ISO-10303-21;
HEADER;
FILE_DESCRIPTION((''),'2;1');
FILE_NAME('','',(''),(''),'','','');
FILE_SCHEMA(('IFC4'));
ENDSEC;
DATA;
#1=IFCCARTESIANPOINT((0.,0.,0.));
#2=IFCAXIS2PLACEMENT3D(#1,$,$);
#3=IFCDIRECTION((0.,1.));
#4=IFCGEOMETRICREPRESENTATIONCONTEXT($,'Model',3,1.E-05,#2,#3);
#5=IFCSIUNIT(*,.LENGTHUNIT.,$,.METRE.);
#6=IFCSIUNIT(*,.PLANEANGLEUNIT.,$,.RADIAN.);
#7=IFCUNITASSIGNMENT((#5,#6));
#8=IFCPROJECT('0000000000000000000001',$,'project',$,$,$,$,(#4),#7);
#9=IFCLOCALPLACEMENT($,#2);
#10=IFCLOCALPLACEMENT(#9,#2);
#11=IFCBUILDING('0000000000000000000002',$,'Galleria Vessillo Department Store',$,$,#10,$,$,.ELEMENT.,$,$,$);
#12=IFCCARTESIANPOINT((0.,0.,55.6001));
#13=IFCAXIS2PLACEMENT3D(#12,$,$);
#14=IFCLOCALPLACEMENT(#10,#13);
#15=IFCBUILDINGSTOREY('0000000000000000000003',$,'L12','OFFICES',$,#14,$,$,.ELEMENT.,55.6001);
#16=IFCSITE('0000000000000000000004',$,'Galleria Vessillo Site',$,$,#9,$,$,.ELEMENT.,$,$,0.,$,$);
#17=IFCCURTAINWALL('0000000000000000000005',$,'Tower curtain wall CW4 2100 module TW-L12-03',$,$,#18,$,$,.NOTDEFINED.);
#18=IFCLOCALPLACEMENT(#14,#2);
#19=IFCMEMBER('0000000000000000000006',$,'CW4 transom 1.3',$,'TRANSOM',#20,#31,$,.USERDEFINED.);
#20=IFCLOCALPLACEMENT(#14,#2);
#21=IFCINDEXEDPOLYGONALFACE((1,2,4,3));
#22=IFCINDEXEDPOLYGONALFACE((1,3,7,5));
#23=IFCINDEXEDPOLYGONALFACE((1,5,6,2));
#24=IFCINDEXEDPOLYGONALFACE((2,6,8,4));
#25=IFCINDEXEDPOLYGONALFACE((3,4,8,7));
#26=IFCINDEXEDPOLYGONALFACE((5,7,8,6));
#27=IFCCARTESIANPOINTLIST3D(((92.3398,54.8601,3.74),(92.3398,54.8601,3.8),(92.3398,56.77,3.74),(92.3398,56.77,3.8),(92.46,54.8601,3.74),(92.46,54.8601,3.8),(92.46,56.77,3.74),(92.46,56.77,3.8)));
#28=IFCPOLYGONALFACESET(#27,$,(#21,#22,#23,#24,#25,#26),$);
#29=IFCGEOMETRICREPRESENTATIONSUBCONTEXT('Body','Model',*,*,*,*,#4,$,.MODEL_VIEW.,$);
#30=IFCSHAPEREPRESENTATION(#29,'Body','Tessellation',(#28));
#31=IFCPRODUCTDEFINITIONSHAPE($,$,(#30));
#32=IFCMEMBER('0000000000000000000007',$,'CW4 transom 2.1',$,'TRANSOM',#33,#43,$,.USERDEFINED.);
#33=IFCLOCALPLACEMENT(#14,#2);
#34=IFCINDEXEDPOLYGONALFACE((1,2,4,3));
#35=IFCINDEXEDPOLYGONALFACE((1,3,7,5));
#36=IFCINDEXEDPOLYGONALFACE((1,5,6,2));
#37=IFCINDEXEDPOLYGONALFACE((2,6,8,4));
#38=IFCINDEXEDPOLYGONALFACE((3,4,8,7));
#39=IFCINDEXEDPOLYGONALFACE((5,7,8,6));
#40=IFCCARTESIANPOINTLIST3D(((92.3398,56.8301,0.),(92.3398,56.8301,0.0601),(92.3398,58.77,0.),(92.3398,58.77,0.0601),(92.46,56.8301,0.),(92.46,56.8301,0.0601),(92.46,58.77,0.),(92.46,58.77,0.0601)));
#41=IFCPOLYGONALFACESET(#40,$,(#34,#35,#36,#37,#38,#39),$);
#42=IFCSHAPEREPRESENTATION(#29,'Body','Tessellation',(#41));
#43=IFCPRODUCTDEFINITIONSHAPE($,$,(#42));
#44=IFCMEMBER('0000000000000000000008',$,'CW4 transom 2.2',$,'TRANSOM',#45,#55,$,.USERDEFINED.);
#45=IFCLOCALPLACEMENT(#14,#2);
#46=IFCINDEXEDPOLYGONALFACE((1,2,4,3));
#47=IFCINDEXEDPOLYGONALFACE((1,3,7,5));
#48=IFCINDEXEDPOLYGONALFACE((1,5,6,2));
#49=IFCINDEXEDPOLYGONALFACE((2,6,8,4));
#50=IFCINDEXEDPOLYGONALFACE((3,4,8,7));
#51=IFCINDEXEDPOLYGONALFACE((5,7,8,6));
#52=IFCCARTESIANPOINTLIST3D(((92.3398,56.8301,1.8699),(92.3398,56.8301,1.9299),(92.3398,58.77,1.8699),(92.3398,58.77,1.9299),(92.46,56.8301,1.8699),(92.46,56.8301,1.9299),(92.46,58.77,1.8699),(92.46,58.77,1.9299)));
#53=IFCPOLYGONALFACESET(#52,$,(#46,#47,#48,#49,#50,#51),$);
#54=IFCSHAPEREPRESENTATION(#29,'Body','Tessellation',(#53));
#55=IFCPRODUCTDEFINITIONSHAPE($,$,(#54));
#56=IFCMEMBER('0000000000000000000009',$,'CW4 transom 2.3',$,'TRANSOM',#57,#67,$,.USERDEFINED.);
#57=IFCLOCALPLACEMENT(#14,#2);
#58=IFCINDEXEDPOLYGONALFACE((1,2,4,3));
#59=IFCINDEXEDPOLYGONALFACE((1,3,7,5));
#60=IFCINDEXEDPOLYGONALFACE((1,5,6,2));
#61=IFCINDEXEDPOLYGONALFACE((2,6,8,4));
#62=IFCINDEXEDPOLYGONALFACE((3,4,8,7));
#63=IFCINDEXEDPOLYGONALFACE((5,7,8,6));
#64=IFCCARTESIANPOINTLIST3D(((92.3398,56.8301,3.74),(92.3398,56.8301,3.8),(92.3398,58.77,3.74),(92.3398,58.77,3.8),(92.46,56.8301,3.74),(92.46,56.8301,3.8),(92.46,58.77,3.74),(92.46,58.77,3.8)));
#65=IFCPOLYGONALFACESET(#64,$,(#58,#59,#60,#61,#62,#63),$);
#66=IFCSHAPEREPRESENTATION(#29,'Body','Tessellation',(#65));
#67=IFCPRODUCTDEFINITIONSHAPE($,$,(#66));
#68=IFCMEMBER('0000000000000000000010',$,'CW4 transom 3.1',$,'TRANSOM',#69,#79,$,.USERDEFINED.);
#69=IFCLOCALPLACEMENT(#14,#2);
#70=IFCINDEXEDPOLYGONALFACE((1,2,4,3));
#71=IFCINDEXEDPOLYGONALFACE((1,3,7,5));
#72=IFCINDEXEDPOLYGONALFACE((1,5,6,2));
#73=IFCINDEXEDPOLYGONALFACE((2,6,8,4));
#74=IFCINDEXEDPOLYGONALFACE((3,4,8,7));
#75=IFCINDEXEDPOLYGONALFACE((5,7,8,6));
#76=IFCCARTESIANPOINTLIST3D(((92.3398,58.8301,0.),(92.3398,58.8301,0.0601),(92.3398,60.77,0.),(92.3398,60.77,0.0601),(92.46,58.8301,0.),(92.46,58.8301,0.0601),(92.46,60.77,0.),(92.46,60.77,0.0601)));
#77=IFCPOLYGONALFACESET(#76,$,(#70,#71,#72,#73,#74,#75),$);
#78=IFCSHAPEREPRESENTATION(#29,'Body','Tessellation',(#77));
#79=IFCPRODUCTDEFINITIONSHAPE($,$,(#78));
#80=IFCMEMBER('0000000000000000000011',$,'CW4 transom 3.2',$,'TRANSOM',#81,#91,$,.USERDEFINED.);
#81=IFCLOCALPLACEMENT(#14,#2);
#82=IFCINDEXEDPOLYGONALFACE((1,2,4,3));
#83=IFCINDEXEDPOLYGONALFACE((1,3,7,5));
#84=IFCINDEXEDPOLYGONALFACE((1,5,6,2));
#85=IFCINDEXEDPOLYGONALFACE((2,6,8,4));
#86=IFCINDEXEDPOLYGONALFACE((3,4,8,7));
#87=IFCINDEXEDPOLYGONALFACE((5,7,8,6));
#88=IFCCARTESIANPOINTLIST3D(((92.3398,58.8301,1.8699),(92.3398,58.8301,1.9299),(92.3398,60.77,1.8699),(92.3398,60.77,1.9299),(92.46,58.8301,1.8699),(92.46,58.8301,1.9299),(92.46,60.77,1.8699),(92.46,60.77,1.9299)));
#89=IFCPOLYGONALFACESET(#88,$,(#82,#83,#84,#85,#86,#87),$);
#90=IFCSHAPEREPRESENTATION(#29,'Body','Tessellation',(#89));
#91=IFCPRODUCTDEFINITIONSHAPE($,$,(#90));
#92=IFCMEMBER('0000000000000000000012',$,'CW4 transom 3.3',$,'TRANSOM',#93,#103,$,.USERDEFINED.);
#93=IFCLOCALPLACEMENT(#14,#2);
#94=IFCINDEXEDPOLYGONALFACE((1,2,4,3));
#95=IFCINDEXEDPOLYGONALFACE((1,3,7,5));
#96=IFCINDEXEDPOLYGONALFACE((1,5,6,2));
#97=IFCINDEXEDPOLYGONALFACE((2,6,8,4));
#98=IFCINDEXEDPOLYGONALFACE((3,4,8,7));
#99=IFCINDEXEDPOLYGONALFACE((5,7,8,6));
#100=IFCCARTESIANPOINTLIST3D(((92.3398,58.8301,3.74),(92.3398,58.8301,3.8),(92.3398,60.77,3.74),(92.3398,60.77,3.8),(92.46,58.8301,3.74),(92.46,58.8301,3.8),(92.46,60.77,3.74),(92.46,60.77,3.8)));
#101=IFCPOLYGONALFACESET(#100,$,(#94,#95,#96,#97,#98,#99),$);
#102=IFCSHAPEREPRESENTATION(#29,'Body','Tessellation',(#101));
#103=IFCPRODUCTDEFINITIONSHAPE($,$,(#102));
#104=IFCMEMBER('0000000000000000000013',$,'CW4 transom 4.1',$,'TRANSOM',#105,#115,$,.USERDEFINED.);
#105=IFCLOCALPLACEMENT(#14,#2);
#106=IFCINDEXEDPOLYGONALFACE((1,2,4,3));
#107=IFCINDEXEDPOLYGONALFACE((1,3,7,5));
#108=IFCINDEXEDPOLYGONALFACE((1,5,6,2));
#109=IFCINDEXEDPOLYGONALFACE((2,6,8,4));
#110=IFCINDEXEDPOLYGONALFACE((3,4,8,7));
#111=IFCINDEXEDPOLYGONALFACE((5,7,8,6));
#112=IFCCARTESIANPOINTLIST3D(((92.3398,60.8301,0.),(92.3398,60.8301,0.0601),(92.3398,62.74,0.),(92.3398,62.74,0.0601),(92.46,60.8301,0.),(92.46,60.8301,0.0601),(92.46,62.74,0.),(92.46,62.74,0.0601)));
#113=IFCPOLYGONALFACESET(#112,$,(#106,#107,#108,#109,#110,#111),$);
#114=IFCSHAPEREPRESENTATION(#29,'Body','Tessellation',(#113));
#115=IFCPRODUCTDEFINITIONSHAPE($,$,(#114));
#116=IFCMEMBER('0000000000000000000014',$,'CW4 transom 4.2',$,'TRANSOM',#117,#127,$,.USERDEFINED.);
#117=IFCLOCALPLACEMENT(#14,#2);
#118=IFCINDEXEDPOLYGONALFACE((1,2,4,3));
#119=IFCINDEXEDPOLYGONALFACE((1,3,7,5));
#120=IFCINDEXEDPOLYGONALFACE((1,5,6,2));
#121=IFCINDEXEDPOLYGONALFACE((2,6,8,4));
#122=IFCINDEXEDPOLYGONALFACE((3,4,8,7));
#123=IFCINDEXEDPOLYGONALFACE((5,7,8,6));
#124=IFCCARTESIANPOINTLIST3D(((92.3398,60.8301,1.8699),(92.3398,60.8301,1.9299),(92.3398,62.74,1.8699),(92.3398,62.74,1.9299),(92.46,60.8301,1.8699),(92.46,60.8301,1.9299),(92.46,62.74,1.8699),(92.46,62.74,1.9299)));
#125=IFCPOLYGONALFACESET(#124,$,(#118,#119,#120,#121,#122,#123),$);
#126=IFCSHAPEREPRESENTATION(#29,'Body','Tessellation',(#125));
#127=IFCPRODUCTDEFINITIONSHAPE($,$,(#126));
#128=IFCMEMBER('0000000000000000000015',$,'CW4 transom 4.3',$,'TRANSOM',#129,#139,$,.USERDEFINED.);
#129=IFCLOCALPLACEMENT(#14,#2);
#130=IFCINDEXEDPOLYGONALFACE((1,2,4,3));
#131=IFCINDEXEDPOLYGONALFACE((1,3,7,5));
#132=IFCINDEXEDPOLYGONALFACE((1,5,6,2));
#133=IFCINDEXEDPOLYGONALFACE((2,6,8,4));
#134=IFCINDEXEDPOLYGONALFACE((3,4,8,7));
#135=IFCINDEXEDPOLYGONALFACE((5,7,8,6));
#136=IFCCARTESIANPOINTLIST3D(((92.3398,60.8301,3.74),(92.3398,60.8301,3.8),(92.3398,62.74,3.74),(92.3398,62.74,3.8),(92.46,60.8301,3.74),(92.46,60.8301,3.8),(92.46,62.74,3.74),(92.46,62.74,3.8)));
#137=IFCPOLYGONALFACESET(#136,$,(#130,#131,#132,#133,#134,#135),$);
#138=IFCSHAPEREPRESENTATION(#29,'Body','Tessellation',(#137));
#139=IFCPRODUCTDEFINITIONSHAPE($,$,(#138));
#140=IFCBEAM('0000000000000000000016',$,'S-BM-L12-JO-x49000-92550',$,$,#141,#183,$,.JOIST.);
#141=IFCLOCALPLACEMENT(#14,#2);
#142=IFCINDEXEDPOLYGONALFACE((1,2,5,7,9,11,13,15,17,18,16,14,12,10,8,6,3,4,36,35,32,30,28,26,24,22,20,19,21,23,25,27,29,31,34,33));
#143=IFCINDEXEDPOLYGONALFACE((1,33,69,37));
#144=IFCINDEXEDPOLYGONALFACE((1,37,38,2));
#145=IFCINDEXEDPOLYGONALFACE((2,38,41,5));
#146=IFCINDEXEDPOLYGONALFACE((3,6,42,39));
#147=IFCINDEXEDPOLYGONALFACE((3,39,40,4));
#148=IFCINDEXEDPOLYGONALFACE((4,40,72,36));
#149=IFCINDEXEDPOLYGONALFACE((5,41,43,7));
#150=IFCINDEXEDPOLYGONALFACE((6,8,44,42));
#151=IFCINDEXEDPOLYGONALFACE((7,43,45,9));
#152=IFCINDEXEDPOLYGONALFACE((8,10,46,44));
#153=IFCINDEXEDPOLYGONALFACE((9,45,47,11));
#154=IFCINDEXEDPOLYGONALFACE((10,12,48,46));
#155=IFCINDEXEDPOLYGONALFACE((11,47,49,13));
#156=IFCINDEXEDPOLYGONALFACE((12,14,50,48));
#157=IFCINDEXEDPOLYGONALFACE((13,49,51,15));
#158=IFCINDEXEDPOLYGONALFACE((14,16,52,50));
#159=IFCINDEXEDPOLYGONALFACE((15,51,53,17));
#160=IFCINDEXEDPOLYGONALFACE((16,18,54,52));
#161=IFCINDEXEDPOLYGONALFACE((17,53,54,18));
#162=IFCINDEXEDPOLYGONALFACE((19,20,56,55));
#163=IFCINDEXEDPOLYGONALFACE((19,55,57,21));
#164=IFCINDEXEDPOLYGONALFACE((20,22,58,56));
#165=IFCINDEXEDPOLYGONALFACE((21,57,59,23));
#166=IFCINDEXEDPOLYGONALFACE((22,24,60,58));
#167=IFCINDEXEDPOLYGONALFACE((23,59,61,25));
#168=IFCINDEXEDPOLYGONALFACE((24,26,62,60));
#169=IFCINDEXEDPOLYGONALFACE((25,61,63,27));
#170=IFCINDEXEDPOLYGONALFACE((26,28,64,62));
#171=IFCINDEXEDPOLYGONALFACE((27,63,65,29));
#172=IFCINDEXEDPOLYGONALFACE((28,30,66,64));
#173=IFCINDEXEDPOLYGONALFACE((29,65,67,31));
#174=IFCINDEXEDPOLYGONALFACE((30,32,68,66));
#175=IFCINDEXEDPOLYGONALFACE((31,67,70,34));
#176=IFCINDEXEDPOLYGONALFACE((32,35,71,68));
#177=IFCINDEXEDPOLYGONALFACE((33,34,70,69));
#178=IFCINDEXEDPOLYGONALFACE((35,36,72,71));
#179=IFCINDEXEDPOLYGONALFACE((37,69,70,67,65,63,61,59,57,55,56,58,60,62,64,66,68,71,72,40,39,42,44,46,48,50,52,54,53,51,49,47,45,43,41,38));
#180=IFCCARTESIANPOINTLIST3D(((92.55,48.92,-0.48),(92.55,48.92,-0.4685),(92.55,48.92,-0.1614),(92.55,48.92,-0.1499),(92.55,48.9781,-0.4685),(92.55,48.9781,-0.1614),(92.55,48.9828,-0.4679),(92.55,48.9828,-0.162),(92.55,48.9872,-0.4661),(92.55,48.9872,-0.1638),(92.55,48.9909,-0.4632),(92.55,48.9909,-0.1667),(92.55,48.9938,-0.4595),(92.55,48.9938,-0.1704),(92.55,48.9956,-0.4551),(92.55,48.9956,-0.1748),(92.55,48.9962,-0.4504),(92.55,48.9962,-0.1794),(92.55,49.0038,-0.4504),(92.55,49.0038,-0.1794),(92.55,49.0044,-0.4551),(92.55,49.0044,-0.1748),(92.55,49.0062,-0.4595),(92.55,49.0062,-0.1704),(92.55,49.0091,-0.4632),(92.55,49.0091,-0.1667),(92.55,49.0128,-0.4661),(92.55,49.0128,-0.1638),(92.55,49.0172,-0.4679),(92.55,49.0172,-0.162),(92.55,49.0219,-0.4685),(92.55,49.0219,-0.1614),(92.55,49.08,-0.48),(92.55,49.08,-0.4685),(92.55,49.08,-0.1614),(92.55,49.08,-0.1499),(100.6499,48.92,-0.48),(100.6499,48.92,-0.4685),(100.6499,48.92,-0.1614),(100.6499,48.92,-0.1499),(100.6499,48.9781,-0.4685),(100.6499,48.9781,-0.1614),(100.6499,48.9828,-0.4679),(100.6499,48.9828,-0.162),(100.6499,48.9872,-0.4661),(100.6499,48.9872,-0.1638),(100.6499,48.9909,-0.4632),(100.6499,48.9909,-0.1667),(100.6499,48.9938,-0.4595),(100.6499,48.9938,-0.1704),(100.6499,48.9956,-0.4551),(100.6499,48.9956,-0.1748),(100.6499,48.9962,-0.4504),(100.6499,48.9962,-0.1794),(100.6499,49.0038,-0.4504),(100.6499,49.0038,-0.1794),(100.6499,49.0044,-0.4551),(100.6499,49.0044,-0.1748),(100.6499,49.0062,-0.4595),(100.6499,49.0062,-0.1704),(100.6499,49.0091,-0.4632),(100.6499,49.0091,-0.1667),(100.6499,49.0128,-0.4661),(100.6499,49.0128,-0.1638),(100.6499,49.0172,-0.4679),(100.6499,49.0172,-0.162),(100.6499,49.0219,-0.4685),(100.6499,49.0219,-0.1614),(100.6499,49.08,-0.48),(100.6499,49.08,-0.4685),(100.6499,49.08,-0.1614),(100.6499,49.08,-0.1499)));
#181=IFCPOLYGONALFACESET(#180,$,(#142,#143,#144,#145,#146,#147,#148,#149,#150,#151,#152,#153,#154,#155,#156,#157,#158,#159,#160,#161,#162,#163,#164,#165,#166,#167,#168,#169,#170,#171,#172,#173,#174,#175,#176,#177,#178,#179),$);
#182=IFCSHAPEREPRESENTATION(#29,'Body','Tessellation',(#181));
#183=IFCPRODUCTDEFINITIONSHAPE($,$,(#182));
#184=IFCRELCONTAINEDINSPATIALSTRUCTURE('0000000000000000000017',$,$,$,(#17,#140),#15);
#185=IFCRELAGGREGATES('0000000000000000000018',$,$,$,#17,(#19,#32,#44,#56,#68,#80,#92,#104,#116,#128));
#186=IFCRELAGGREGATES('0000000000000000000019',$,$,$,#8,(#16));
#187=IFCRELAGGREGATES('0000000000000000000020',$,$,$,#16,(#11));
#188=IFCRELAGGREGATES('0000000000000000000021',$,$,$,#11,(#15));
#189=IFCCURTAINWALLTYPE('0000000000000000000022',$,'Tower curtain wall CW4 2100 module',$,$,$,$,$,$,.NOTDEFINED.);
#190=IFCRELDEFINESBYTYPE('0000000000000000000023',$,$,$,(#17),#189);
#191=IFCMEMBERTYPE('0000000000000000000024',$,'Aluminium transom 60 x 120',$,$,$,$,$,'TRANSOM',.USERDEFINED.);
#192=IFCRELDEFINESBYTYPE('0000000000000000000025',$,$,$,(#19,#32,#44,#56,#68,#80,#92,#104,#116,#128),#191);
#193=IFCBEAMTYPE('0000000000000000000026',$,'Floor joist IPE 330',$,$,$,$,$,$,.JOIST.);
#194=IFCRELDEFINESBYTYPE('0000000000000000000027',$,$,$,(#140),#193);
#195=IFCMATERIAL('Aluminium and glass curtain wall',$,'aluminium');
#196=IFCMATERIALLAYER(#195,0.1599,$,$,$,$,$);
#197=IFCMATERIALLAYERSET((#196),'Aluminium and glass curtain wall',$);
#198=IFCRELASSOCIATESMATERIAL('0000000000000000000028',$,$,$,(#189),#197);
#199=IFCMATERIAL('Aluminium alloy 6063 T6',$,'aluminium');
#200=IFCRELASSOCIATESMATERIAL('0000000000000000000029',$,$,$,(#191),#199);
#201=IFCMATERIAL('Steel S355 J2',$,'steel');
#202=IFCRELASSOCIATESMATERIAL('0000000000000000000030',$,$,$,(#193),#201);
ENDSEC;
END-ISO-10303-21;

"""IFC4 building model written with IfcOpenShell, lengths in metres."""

from ifc_helpers import new_model, si_unit, direction, frame, origin, origin_2d, place, context, subcontext, project, spatial, rectangle, i_section, extrude, material, layer, layer_set, material_profile, profile_set, type_object, element, aggregate, save


model = new_model("IFC4")

# Units and contexts
model_context = context("Model", 3, precision=1e-05, world=origin(), true_north=direction((0.0, 1.0)))
body_context = subcontext(model_context, "Body", "Model", "MODEL_VIEW")
ifc_project = project(units=[si_unit("LENGTHUNIT", "METRE"), si_unit("PLANEANGLEUNIT", "RADIAN")], contexts=[model_context])

# Site, building, storey
site_placement = place(None, origin())
site = spatial("IfcSite", under=ifc_project, at=site_placement, Name="Galleria Vessillo Site", CompositionType="ELEMENT", RefElevation=0.0)
building_placement = place(site_placement, origin())
building = spatial("IfcBuilding", under=site, at=building_placement, Name="Galleria Vessillo Department Store", CompositionType="ELEMENT")
storey_placement = place(building_placement, frame((0.0, 0.0, 55.6001)))
storey = spatial("IfcBuildingStorey", under=building, at=storey_placement, Name="L12", Description="OFFICES", CompositionType="ELEMENT", Elevation=55.6001)

# Curtain wall, members
ifc_material_1 = material(Name="Aluminium and glass curtain wall", Category="aluminium")
ifc_layer_1 = layer(ifc_material_1, 0.1599)
ifc_layer_set_1 = layer_set([ifc_layer_1], Name="Aluminium and glass curtain wall")
curtain_wall_type = type_object("IfcCurtainWallType", Name="Tower curtain wall CW4 2100 module", PredefinedType="NOTDEFINED", material=ifc_layer_set_1)
curtain_wall_1_placement = place(storey_placement, origin())
curtain_wall_1 = element("IfcCurtainWall", 1, at=curtain_wall_1_placement, inside=storey, type_object=curtain_wall_type, Name="Tower curtain wall CW4 2100 module TW-L12-03", PredefinedType="NOTDEFINED")
ifc_material_2 = material(Name="Aluminium alloy 6063 T6", Category="aluminium")
ifc_material_profile_1 = material_profile(ifc_material_2, rectangle(XDim=0.1201, YDim=0.0601, at=origin_2d()), Name="AL 60x120")
ifc_profile_set_1 = profile_set([ifc_material_profile_1], Name="Aluminium alloy 6063 T6")
member_type_1 = type_object("IfcMemberType", Name="Aluminium transom 60 x 120", ElementType="TRANSOM", PredefinedType="USERDEFINED", material=ifc_profile_set_1)
member_1_placement = place(storey_placement, frame((92.3999, 54.8601, 3.77), z_axis=(0.0, 1.0, 0.0), x_axis=(-1.0, 0.0, 0.0)))
member_1 = element("IfcMember", 2, at=member_1_placement, type_object=member_type_1, Name="CW4 transom 1.3", ObjectType="TRANSOM", PredefinedType="USERDEFINED", context=body_context, shape_type="SweptSolid", body=[
    extrude(rectangle(XDim=0.1201, YDim=0.0601, at=origin_2d()), origin(), (0.0, 0.0, 1.0), 1.9099),
])
member_2_placement = place(storey_placement, frame((92.3999, 56.8301, 0.03), z_axis=(0.0, 1.0, 0.0), x_axis=(-1.0, 0.0, 0.0)))
member_2 = element("IfcMember", 3, at=member_2_placement, type_object=member_type_1, Name="CW4 transom 2.1", ObjectType="TRANSOM", PredefinedType="USERDEFINED", context=body_context, shape_type="SweptSolid", body=[
    extrude(rectangle(XDim=0.1201, YDim=0.0601, at=origin_2d()), origin(), (0.0, 0.0, 1.0), 1.9399),
])
member_3_placement = place(storey_placement, frame((92.3999, 56.8301, 1.8999), z_axis=(0.0, 1.0, 0.0), x_axis=(-1.0, 0.0, 0.0)))
member_3 = element("IfcMember", 4, at=member_3_placement, type_object=member_type_1, Name="CW4 transom 2.2", ObjectType="TRANSOM", PredefinedType="USERDEFINED", context=body_context, shape_type="SweptSolid", body=[
    extrude(rectangle(XDim=0.1201, YDim=0.0601, at=origin_2d()), origin(), (0.0, 0.0, 1.0), 1.9399),
])
member_4_placement = place(storey_placement, frame((92.3999, 56.8301, 3.77), z_axis=(0.0, 1.0, 0.0), x_axis=(-1.0, 0.0, 0.0)))
member_4 = element("IfcMember", 5, at=member_4_placement, type_object=member_type_1, Name="CW4 transom 2.3", ObjectType="TRANSOM", PredefinedType="USERDEFINED", context=body_context, shape_type="SweptSolid", body=[
    extrude(rectangle(XDim=0.1201, YDim=0.0601, at=origin_2d()), origin(), (0.0, 0.0, 1.0), 1.9399),
])
member_5_placement = place(storey_placement, frame((92.3999, 58.8301, 0.03), z_axis=(0.0, 1.0, 0.0), x_axis=(-1.0, 0.0, 0.0)))
member_5 = element("IfcMember", 6, at=member_5_placement, type_object=member_type_1, Name="CW4 transom 3.1", ObjectType="TRANSOM", PredefinedType="USERDEFINED", context=body_context, shape_type="SweptSolid", body=[
    extrude(rectangle(XDim=0.1201, YDim=0.0601, at=origin_2d()), origin(), (0.0, 0.0, 1.0), 1.9399),
])
member_6_placement = place(storey_placement, frame((92.3999, 58.8301, 1.8999), z_axis=(0.0, 1.0, 0.0), x_axis=(-1.0, 0.0, 0.0)))
member_6 = element("IfcMember", 7, at=member_6_placement, type_object=member_type_1, Name="CW4 transom 3.2", ObjectType="TRANSOM", PredefinedType="USERDEFINED", context=body_context, shape_type="SweptSolid", body=[
    extrude(rectangle(XDim=0.1201, YDim=0.0601, at=origin_2d()), origin(), (0.0, 0.0, 1.0), 1.9399),
])
member_7_placement = place(storey_placement, frame((92.3999, 58.8301, 3.77), z_axis=(0.0, 1.0, 0.0), x_axis=(-1.0, 0.0, 0.0)))
member_7 = element("IfcMember", 8, at=member_7_placement, type_object=member_type_1, Name="CW4 transom 3.3", ObjectType="TRANSOM", PredefinedType="USERDEFINED", context=body_context, shape_type="SweptSolid", body=[
    extrude(rectangle(XDim=0.1201, YDim=0.0601, at=origin_2d()), origin(), (0.0, 0.0, 1.0), 1.9399),
])
member_8_placement = place(storey_placement, frame((92.3999, 60.8301, 0.03), z_axis=(0.0, 1.0, 0.0), x_axis=(-1.0, 0.0, 0.0)))
member_8 = element("IfcMember", 9, at=member_8_placement, type_object=member_type_1, Name="CW4 transom 4.1", ObjectType="TRANSOM", PredefinedType="USERDEFINED", context=body_context, shape_type="SweptSolid", body=[
    extrude(rectangle(XDim=0.1201, YDim=0.0601, at=origin_2d()), origin(), (0.0, 0.0, 1.0), 1.9099),
])
member_9_placement = place(storey_placement, frame((92.3999, 60.8301, 1.8999), z_axis=(0.0, 1.0, 0.0), x_axis=(-1.0, 0.0, 0.0)))
member_9 = element("IfcMember", 10, at=member_9_placement, type_object=member_type_1, Name="CW4 transom 4.2", ObjectType="TRANSOM", PredefinedType="USERDEFINED", context=body_context, shape_type="SweptSolid", body=[
    extrude(rectangle(XDim=0.1201, YDim=0.0601, at=origin_2d()), origin(), (0.0, 0.0, 1.0), 1.9099),
])
member_10_placement = place(storey_placement, frame((92.3999, 60.8301, 3.77), z_axis=(0.0, 1.0, 0.0), x_axis=(-1.0, 0.0, 0.0)))
member_10 = element("IfcMember", 11, at=member_10_placement, type_object=member_type_1, Name="CW4 transom 4.3", ObjectType="TRANSOM", PredefinedType="USERDEFINED", context=body_context, shape_type="SweptSolid", body=[
    extrude(rectangle(XDim=0.1201, YDim=0.0601, at=origin_2d()), origin(), (0.0, 0.0, 1.0), 1.9099),
])

# Beam
ifc_material_3 = material(Name="Steel S355 J2", Category="steel")
ifc_material_profile_2 = material_profile(ifc_material_3, i_section(OverallWidth=0.1599, OverallDepth=0.3301, WebThickness=0.0076, FlangeThickness=0.0115, FilletRadius=0.0181, at=origin_2d()), Name="IPE 330")
ifc_profile_set_2 = profile_set([ifc_material_profile_2], Name="Steel S355 J2")
beam_type_1 = type_object("IfcBeamType", Name="Floor joist IPE 330", PredefinedType="JOIST", material=ifc_profile_set_2)
for number, where, z_axis, x_axis, name in (
    (12, (92.55, 49.0, -0.3149), (1.0, 0.0, 0.0), (0.0, 1.0, 0.0), "S-BM-L12-JO-x49000-92550"),
):
    element("IfcBeam", number, at=place(storey_placement, frame(where, z_axis=z_axis, x_axis=x_axis)), inside=storey, type_object=beam_type_1, Name=name, PredefinedType="JOIST", context=body_context, shape_type="SweptSolid", body=[
        extrude(i_section(OverallWidth=0.1599, OverallDepth=0.3301, WebThickness=0.0076, FlangeThickness=0.0115, FilletRadius=0.0181, at=origin_2d()), origin(), (0.0, 0.0, 1.0), 8.0999),
    ])

aggregate(curtain_wall_1, [member_1, member_2, member_3, member_4, member_5, member_6, member_7, member_8, member_9, member_10])

save(model, "model.ifc")
